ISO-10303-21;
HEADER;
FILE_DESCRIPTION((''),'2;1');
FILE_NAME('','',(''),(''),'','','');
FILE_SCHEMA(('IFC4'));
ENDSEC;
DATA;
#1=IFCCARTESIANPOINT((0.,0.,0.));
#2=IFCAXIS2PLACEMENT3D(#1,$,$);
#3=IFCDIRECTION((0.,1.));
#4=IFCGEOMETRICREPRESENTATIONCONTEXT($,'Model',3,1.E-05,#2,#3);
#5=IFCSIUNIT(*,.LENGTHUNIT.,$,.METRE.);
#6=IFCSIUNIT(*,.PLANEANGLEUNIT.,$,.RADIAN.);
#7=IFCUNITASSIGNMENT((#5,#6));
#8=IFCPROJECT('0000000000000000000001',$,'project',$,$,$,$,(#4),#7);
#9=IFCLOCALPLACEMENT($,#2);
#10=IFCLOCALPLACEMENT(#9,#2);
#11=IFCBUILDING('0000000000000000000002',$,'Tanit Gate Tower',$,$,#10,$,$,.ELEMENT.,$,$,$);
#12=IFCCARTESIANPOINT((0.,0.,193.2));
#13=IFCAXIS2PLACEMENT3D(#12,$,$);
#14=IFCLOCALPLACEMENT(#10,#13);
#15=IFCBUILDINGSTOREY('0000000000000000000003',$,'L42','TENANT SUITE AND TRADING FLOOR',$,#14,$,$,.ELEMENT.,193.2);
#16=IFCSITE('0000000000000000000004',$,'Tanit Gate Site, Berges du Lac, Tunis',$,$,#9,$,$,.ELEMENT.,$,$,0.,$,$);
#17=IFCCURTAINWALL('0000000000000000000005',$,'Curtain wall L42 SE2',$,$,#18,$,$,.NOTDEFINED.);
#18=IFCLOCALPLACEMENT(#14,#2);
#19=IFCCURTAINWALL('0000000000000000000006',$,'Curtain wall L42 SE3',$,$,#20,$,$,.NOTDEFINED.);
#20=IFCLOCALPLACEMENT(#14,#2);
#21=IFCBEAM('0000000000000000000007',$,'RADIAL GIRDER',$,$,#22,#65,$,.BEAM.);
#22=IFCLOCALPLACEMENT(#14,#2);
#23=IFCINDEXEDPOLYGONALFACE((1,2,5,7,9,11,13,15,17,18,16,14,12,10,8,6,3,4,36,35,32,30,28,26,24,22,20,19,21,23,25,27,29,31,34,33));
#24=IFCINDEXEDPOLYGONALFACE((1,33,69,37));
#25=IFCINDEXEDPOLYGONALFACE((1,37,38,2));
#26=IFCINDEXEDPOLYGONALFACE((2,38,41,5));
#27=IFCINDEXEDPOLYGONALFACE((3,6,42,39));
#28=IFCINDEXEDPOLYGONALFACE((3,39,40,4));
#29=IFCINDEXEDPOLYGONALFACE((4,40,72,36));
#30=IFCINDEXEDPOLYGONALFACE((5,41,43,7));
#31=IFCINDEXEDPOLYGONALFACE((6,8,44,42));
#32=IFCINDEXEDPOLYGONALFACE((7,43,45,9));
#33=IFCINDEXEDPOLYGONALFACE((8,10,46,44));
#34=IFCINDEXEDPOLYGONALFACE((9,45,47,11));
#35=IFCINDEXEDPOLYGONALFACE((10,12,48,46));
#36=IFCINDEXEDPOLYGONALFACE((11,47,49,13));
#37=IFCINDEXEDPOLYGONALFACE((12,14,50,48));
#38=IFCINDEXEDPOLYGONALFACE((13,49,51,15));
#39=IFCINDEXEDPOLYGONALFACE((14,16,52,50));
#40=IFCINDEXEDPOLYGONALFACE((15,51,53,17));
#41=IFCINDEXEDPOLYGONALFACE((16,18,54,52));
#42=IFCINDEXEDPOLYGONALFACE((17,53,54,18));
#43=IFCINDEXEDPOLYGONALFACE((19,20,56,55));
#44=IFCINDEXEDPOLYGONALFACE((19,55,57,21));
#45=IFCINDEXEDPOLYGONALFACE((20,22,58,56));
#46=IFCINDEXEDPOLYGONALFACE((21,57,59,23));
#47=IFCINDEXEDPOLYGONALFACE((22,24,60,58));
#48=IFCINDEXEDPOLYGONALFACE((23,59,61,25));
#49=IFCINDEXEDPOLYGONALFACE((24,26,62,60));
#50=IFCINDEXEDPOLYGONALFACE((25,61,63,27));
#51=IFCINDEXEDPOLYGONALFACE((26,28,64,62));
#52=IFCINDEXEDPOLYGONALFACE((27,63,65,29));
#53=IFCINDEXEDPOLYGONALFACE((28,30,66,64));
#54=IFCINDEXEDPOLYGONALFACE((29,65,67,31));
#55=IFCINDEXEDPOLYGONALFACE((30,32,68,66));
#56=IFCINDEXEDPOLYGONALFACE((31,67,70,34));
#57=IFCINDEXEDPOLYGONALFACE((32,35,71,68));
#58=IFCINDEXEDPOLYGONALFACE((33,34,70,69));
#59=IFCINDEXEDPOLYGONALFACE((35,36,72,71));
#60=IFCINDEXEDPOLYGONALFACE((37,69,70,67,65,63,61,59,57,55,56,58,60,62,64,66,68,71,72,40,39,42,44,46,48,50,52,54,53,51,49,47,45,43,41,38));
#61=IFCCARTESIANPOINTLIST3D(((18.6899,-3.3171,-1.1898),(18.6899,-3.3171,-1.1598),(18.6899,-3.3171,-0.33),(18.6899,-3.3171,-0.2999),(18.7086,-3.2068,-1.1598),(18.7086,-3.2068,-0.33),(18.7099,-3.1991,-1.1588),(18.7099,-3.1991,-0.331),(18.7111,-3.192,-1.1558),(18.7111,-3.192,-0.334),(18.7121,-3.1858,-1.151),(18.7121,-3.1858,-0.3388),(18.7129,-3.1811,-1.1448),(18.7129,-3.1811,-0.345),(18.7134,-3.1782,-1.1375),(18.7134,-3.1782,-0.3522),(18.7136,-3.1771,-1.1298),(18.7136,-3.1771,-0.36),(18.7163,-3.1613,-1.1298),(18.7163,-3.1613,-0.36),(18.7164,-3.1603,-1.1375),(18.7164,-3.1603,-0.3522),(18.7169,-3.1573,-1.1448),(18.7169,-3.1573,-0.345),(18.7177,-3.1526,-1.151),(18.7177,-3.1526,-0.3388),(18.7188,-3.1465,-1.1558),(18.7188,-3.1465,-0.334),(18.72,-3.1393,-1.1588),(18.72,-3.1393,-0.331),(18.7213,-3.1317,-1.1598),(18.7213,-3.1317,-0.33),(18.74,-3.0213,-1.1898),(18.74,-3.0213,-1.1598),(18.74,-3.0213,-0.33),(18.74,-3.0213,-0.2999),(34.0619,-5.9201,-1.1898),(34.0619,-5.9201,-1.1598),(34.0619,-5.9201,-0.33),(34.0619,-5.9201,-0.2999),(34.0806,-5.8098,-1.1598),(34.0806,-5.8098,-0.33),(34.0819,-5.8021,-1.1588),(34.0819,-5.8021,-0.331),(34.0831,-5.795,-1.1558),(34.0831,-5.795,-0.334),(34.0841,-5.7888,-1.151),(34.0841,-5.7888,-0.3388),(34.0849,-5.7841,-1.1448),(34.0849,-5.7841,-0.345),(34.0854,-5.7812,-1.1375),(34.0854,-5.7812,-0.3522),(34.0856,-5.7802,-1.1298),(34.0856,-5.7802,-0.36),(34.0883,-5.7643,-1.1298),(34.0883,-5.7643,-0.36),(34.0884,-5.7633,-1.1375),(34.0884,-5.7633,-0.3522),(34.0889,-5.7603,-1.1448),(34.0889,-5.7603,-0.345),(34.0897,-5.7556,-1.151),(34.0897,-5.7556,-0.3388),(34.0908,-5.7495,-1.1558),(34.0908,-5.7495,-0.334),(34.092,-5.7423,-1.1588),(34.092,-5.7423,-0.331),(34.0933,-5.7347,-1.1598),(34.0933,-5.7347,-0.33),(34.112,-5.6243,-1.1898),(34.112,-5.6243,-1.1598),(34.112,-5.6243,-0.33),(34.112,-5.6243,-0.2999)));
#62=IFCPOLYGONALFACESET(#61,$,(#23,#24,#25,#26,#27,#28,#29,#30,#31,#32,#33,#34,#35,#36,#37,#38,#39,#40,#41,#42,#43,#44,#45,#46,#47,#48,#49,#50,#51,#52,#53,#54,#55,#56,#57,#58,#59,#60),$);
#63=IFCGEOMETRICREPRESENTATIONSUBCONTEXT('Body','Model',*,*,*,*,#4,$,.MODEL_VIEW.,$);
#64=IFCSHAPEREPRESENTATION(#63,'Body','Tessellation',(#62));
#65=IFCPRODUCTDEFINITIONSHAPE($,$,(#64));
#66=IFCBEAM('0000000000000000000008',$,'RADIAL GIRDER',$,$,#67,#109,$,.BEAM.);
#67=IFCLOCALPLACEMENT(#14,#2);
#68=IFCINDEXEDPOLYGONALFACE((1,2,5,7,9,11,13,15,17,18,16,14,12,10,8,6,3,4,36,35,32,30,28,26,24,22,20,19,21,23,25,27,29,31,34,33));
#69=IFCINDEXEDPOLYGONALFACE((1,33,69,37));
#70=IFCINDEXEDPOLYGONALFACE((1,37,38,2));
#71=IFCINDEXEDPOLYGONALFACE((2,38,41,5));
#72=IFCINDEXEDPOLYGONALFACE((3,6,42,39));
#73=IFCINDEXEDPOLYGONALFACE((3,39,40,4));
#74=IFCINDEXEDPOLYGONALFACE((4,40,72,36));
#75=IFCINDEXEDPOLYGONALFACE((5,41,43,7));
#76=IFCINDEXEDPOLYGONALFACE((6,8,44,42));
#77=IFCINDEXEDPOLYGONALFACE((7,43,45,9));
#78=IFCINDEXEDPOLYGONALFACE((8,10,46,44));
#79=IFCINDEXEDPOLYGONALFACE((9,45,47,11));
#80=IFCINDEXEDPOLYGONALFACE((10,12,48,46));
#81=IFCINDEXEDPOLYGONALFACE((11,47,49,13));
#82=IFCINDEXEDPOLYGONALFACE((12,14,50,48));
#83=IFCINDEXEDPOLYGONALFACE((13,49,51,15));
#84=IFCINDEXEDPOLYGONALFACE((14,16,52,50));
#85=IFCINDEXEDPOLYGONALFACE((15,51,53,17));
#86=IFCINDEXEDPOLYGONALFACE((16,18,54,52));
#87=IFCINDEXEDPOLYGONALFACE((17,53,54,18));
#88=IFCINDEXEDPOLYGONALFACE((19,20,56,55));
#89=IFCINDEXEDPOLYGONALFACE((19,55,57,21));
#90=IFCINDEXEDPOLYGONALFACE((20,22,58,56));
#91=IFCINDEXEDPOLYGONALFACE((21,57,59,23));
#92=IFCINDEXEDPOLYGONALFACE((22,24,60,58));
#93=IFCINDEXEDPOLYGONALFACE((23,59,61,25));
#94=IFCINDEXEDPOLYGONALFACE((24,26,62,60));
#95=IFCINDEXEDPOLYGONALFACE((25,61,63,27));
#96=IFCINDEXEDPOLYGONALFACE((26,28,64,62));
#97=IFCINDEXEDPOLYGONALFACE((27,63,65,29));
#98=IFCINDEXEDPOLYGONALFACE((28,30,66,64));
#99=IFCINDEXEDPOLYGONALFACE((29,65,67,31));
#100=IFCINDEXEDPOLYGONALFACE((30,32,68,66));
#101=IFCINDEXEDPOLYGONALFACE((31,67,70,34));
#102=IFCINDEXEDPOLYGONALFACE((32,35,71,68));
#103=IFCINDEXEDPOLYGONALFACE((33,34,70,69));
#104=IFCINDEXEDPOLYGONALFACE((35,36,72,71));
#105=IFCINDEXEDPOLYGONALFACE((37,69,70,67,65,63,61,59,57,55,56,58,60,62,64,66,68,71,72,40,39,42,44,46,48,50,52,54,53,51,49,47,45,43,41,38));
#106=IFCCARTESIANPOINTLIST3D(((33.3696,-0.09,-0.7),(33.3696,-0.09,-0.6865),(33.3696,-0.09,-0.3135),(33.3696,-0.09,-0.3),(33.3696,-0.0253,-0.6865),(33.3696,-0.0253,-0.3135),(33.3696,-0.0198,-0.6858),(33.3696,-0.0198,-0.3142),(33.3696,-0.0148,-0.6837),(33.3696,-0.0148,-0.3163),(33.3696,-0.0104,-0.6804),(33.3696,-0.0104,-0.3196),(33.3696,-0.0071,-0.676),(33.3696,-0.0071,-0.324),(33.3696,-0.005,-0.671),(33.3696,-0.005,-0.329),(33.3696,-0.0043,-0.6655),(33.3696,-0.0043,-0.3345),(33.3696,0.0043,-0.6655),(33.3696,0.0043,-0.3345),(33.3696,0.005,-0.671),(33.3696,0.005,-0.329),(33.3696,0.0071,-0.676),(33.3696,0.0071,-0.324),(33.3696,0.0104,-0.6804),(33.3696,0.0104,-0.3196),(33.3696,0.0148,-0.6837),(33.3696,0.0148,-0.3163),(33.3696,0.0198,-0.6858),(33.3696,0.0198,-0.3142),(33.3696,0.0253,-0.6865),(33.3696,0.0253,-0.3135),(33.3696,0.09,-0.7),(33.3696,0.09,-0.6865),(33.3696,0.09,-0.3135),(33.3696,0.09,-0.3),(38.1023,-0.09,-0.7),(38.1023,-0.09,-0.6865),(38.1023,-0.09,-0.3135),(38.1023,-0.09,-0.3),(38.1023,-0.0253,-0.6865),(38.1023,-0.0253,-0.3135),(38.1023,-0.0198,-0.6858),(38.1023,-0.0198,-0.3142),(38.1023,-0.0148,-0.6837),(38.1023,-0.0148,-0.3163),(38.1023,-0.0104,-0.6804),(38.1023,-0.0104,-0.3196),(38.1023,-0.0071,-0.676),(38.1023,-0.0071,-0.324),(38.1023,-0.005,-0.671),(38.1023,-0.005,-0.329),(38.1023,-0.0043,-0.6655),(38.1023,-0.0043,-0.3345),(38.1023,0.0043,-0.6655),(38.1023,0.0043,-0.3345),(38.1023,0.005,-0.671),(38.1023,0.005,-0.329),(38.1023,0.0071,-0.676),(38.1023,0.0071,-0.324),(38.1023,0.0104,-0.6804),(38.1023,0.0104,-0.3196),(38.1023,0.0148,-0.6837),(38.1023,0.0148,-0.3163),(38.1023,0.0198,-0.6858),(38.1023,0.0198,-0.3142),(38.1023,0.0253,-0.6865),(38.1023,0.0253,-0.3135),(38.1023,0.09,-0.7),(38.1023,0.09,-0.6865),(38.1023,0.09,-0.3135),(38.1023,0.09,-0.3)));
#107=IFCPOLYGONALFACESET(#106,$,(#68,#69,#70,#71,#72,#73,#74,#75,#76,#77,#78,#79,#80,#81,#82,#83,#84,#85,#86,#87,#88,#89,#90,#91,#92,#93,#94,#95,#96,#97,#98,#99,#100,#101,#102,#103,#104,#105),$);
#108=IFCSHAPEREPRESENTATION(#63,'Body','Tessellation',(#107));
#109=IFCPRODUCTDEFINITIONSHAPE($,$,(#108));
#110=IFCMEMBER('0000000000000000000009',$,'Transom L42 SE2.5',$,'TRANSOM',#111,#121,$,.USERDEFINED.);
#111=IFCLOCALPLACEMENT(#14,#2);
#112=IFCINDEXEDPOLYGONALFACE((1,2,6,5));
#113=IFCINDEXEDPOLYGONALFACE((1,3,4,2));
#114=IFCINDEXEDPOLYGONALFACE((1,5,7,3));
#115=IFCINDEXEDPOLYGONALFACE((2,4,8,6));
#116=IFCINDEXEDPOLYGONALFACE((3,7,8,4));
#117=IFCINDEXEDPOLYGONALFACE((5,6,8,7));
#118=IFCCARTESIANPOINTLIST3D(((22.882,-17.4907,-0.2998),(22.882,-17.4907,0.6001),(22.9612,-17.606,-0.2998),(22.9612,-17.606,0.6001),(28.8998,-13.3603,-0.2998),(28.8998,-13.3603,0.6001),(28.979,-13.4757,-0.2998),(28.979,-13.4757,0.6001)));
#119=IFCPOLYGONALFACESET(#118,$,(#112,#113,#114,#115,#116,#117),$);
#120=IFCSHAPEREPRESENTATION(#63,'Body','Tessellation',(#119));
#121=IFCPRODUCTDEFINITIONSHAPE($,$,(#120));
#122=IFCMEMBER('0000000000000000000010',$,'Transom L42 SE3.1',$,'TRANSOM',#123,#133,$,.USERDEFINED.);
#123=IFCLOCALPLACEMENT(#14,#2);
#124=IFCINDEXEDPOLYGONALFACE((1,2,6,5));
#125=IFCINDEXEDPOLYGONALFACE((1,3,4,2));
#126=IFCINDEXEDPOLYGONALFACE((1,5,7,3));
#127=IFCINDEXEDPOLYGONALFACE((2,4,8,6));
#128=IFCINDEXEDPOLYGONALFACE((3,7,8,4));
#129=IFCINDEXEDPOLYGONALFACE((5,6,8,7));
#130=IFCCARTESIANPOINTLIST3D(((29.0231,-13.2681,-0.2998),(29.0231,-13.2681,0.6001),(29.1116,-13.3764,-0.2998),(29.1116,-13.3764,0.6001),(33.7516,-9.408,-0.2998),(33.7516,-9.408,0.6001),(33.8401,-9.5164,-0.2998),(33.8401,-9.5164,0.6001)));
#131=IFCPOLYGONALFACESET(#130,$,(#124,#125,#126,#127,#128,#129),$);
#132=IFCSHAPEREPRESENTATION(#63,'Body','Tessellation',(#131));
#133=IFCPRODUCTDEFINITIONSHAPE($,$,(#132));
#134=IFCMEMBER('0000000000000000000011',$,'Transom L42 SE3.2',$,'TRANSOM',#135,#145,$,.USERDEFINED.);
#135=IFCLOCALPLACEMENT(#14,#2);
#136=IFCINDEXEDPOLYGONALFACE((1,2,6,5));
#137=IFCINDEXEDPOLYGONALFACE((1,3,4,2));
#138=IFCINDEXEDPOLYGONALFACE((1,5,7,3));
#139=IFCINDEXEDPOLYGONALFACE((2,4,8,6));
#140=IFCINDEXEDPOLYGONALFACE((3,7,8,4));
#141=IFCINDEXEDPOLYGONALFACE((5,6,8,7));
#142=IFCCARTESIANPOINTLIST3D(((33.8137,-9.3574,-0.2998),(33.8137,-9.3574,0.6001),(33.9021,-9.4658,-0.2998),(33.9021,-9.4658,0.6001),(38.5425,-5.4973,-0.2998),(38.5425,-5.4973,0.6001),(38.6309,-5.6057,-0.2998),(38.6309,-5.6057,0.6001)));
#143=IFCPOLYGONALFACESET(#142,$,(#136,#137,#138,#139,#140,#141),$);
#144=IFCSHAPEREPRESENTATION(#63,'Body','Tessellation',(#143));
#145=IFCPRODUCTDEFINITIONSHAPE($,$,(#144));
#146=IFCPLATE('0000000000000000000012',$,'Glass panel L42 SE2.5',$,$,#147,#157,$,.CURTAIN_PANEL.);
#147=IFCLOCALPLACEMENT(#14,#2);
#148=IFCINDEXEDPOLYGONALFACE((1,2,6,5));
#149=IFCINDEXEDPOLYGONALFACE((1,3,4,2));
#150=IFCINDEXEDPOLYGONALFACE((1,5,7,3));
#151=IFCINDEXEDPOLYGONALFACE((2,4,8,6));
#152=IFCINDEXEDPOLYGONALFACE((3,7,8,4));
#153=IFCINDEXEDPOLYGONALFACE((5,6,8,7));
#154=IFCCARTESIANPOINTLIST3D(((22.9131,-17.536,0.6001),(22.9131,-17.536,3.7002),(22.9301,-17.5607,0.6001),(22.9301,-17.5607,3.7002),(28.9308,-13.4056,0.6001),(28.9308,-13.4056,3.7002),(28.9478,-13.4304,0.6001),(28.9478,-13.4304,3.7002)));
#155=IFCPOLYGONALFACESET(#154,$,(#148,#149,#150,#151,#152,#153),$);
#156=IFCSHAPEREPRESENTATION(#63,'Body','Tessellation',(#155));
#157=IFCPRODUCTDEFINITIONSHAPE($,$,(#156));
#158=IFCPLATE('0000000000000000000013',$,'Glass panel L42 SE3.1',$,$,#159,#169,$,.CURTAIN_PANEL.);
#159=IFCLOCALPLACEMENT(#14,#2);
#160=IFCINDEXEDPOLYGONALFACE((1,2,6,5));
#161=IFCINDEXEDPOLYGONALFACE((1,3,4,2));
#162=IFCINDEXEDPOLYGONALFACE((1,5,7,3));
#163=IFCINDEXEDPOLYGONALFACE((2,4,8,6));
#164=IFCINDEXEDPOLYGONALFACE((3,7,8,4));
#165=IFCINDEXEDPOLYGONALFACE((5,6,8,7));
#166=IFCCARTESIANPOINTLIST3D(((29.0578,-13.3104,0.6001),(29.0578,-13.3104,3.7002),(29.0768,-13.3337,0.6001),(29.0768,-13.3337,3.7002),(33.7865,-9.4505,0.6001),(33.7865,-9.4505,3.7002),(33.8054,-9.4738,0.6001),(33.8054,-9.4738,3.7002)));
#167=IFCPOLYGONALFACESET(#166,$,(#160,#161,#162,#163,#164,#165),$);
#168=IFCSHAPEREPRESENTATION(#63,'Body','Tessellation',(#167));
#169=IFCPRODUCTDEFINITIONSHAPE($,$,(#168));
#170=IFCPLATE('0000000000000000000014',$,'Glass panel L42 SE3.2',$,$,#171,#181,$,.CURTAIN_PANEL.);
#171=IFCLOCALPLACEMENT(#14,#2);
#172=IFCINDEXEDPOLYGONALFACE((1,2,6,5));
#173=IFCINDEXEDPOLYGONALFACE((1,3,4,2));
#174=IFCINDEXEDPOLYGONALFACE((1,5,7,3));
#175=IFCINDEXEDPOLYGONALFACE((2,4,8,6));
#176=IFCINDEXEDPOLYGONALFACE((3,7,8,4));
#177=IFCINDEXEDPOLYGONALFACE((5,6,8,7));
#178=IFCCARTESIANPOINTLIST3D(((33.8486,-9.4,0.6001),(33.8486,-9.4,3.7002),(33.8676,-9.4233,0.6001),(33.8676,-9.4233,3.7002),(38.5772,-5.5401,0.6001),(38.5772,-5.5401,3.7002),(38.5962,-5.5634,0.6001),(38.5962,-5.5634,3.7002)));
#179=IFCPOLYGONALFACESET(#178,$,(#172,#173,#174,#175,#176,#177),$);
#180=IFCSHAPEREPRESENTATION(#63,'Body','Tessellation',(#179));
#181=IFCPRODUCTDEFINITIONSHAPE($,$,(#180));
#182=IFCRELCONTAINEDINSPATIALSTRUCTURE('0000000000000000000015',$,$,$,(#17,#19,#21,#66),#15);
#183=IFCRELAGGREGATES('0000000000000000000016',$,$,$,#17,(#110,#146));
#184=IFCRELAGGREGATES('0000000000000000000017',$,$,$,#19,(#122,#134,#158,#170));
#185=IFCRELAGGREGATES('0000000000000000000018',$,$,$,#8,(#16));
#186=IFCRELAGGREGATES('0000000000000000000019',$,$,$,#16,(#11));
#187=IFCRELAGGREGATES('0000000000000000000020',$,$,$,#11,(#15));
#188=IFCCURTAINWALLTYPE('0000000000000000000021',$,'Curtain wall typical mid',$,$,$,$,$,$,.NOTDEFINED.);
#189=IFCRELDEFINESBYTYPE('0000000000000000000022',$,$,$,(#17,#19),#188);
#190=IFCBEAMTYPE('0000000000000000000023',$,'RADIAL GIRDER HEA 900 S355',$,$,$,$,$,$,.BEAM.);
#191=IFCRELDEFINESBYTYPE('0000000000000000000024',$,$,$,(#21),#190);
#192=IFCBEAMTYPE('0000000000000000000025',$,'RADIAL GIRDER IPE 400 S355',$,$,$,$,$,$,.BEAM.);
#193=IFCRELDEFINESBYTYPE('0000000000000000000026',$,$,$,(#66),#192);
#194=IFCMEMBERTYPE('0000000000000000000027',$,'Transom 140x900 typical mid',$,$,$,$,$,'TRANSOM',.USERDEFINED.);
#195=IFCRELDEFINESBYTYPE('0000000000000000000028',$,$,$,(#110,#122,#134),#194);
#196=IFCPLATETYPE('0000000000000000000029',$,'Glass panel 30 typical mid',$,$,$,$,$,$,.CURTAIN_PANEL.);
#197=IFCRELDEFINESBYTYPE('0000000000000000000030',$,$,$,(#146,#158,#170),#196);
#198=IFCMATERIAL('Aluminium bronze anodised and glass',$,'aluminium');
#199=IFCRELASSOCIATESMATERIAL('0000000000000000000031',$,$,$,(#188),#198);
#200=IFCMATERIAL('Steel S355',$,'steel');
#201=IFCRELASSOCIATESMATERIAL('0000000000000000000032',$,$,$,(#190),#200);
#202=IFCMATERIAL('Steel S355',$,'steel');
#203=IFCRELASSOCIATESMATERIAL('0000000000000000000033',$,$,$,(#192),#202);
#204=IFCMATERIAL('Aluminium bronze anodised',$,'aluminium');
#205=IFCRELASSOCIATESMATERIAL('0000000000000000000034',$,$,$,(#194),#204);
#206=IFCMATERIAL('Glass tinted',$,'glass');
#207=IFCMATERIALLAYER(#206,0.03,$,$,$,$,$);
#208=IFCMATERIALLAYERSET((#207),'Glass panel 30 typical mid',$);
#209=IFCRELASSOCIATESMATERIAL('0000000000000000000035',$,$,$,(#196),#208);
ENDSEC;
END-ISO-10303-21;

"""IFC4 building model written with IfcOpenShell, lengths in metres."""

from ifc_helpers import new_model, si_unit, direction, frame, origin, origin_2d, place, context, subcontext, project, spatial, rectangle, i_section, extrude, material, layer, layer_set, material_profile, profile_set, type_object, element, aggregate, save


model = new_model("IFC4")

# Units and contexts
model_context = context("Model", 3, precision=1e-05, world=origin(), true_north=direction((0.0, 1.0)))
body_context = subcontext(model_context, "Body", "Model", "MODEL_VIEW")
ifc_project = project(units=[si_unit("LENGTHUNIT", "METRE"), si_unit("PLANEANGLEUNIT", "RADIAN")], contexts=[model_context])

# Site, building, storey
site_placement = place(None, origin())
site = spatial("IfcSite", under=ifc_project, at=site_placement, Name="Tanit Gate Site, Berges du Lac, Tunis", CompositionType="ELEMENT", RefElevation=0.0)
building_placement = place(site_placement, origin())
building = spatial("IfcBuilding", under=site, at=building_placement, Name="Tanit Gate Tower", CompositionType="ELEMENT")
storey_placement = place(building_placement, frame((0.0, 0.0, 193.2)))
storey = spatial("IfcBuildingStorey", under=building, at=storey_placement, Name="L42", Description="TENANT SUITE AND TRADING FLOOR", CompositionType="ELEMENT", Elevation=193.2)

# Curtain wall
ifc_material_1 = material(Name="Aluminium bronze anodised and glass", Category="aluminium")
curtain_wall_type = type_object("IfcCurtainWallType", Name="Curtain wall typical mid", PredefinedType="NOTDEFINED", material=ifc_material_1)
curtain_wall_1_placement = place(storey_placement, origin())
curtain_wall_1 = element("IfcCurtainWall", 1, at=curtain_wall_1_placement, inside=storey, type_object=curtain_wall_type, Name="Curtain wall L42 SE2", PredefinedType="NOTDEFINED")

# Curtain wall
curtain_wall_2_placement = place(storey_placement, origin())
curtain_wall_2 = element("IfcCurtainWall", 2, at=curtain_wall_2_placement, inside=storey, type_object=curtain_wall_type, Name="Curtain wall L42 SE3", PredefinedType="NOTDEFINED")

# Beams
ifc_material_2 = material(Name="Steel S355", Category="steel")
ifc_material_profile_1 = material_profile(ifc_material_2, i_section(OverallWidth=0.3, OverallDepth=0.8899, WebThickness=0.0161, FlangeThickness=0.03, FilletRadius=0.03, at=origin_2d()), Name="HEA 900")
ifc_profile_set_1 = profile_set([ifc_material_profile_1], Name="Steel S355")
beam_type_1 = type_object("IfcBeamType", Name="RADIAL GIRDER HEA 900 S355", PredefinedType="BEAM", material=ifc_profile_set_1)
beam_1_placement = place(storey_placement, frame((34.0869, -5.7722, -0.7449), z_axis=(-0.985964, 0.166958, 0.0), x_axis=(-0.166958, -0.985964, 0.0)))
element("IfcBeam", 3, at=beam_1_placement, inside=storey, type_object=beam_type_1, Name="RADIAL GIRDER", PredefinedType="BEAM", context=body_context, shape_type="SweptSolid", body=[
    extrude(i_section(OverallWidth=0.3, OverallDepth=0.8899, WebThickness=0.0161, FlangeThickness=0.03, FilletRadius=0.03, at=origin_2d()), origin(), (0.0, 0.0, 1.0), 15.5908),
])
ifc_material_3 = material(Name="Steel S355", Category="steel")
ifc_material_profile_2 = material_profile(ifc_material_3, i_section(OverallWidth=0.1799, OverallDepth=0.3999, WebThickness=0.0085, FlangeThickness=0.0134, FilletRadius=0.021, at=origin_2d()), Name="IPE 400")
ifc_profile_set_2 = profile_set([ifc_material_profile_2], Name="Steel S355")
beam_type_2 = type_object("IfcBeamType", Name="RADIAL GIRDER IPE 400 S355", PredefinedType="BEAM", material=ifc_profile_set_2)
beam_2_placement = place(storey_placement, frame((38.1023, 0.0, -0.5), z_axis=(-1.0, 0.0, 0.0), x_axis=(0.0, -1.0, 0.0)))
element("IfcBeam", 4, at=beam_2_placement, inside=storey, type_object=beam_type_2, Name="RADIAL GIRDER", PredefinedType="BEAM", context=body_context, shape_type="SweptSolid", body=[
    extrude(i_section(OverallWidth=0.1799, OverallDepth=0.3999, WebThickness=0.0085, FlangeThickness=0.0134, FilletRadius=0.021, at=origin_2d()), origin(), (0.0, 0.0, 1.0), 4.7327),
])

# Members
ifc_material_4 = material(Name="Aluminium bronze anodised", Category="aluminium")
ifc_material_profile_3 = material_profile(ifc_material_4, rectangle(XDim=0.1399, YDim=0.8999, at=origin_2d()), Name="140x900 bronze transom")
ifc_profile_set_3 = profile_set([ifc_material_profile_3], Name="Aluminium bronze anodised")
member_type_1 = type_object("IfcMemberType", Name="Transom 140x900 typical mid", ElementType="TRANSOM", PredefinedType="USERDEFINED", material=ifc_profile_set_3)
member_1_placement = place(storey_placement, frame((22.9216, -17.5483, 0.1501), z_axis=(0.824482, 0.565888, 0.0), x_axis=(-0.565888, 0.824482, 0.0)))
member_1 = element("IfcMember", 5, at=member_1_placement, type_object=member_type_1, Name="Transom L42 SE2.5", ObjectType="TRANSOM", PredefinedType="USERDEFINED", context=body_context, shape_type="SweptSolid", body=[
    extrude(rectangle(XDim=0.1399, YDim=0.8999, at=origin_2d()), origin(), (0.0, 0.0, 1.0), 7.2988),
])
member_2_placement = place(storey_placement, frame((29.0674, -13.3223, 0.1501), z_axis=(0.774654, 0.632386, 0.0), x_axis=(-0.632386, 0.774654, 0.0)))
member_2 = element("IfcMember", 6, at=member_2_placement, type_object=member_type_1, Name="Transom L42 SE3.1", ObjectType="TRANSOM", PredefinedType="USERDEFINED", context=body_context, shape_type="SweptSolid", body=[
    extrude(rectangle(XDim=0.1399, YDim=0.8999, at=origin_2d()), origin(), (0.0, 0.0, 1.0), 6.104),
])
member_3_placement = place(storey_placement, frame((33.8579, -9.4116, 0.1501), z_axis=(0.77467, 0.632366, 0.0), x_axis=(-0.632366, 0.77467, 0.0)))
member_3 = element("IfcMember", 7, at=member_3_placement, type_object=member_type_1, Name="Transom L42 SE3.2", ObjectType="TRANSOM", PredefinedType="USERDEFINED", context=body_context, shape_type="SweptSolid", body=[
    extrude(rectangle(XDim=0.1399, YDim=0.8999, at=origin_2d()), origin(), (0.0, 0.0, 1.0), 6.1042),
])

# Plates
ifc_material_5 = material(Name="Glass tinted", Category="glass")
ifc_layer_1 = layer(ifc_material_5, 0.03)
ifc_layer_set_1 = layer_set([ifc_layer_1], Name="Glass panel 30 typical mid")
plate_type = type_object("IfcPlateType", Name="Glass panel 30 typical mid", PredefinedType="CURTAIN_PANEL", material=ifc_layer_set_1)
plate_1_placement = place(storey_placement, frame((25.9304, -15.4832, 0.6001), z_axis=(0.0, 0.0, 1.0), x_axis=(0.824479, 0.565893, 0.0)))
plate_1 = element("IfcPlate", 8, at=plate_1_placement, type_object=plate_type, Name="Glass panel L42 SE2.5", PredefinedType="CURTAIN_PANEL", context=body_context, shape_type="SweptSolid", body=[
    extrude(rectangle(XDim=7.2988, YDim=0.03, at=origin_2d()), origin(), (0.0, 0.0, 1.0), 3.1001),
])
aggregate(curtain_wall_1, [member_1, plate_1])
plate_2_placement = place(storey_placement, frame((31.4316, -11.3921, 0.6001), z_axis=(0.0, 0.0, 1.0), x_axis=(0.774676, 0.632358, 0.0)))
plate_2 = element("IfcPlate", 9, at=plate_2_placement, type_object=plate_type, Name="Glass panel L42 SE3.1", PredefinedType="CURTAIN_PANEL", context=body_context, shape_type="SweptSolid", body=[
    extrude(rectangle(XDim=6.104, YDim=0.03, at=origin_2d()), origin(), (0.0, 0.0, 1.0), 3.1001),
])
plate_3_placement = place(storey_placement, frame((36.2224, -7.4817, 0.6001), z_axis=(0.0, 0.0, 1.0), x_axis=(0.774676, 0.632358, 0.0)))
plate_3 = element("IfcPlate", 10, at=plate_3_placement, type_object=plate_type, Name="Glass panel L42 SE3.2", PredefinedType="CURTAIN_PANEL", context=body_context, shape_type="SweptSolid", body=[
    extrude(rectangle(XDim=6.104, YDim=0.03, at=origin_2d()), origin(), (0.0, 0.0, 1.0), 3.1001),
])
aggregate(curtain_wall_2, [member_2, member_3, plate_2, plate_3])

save(model, "model.ifc")
